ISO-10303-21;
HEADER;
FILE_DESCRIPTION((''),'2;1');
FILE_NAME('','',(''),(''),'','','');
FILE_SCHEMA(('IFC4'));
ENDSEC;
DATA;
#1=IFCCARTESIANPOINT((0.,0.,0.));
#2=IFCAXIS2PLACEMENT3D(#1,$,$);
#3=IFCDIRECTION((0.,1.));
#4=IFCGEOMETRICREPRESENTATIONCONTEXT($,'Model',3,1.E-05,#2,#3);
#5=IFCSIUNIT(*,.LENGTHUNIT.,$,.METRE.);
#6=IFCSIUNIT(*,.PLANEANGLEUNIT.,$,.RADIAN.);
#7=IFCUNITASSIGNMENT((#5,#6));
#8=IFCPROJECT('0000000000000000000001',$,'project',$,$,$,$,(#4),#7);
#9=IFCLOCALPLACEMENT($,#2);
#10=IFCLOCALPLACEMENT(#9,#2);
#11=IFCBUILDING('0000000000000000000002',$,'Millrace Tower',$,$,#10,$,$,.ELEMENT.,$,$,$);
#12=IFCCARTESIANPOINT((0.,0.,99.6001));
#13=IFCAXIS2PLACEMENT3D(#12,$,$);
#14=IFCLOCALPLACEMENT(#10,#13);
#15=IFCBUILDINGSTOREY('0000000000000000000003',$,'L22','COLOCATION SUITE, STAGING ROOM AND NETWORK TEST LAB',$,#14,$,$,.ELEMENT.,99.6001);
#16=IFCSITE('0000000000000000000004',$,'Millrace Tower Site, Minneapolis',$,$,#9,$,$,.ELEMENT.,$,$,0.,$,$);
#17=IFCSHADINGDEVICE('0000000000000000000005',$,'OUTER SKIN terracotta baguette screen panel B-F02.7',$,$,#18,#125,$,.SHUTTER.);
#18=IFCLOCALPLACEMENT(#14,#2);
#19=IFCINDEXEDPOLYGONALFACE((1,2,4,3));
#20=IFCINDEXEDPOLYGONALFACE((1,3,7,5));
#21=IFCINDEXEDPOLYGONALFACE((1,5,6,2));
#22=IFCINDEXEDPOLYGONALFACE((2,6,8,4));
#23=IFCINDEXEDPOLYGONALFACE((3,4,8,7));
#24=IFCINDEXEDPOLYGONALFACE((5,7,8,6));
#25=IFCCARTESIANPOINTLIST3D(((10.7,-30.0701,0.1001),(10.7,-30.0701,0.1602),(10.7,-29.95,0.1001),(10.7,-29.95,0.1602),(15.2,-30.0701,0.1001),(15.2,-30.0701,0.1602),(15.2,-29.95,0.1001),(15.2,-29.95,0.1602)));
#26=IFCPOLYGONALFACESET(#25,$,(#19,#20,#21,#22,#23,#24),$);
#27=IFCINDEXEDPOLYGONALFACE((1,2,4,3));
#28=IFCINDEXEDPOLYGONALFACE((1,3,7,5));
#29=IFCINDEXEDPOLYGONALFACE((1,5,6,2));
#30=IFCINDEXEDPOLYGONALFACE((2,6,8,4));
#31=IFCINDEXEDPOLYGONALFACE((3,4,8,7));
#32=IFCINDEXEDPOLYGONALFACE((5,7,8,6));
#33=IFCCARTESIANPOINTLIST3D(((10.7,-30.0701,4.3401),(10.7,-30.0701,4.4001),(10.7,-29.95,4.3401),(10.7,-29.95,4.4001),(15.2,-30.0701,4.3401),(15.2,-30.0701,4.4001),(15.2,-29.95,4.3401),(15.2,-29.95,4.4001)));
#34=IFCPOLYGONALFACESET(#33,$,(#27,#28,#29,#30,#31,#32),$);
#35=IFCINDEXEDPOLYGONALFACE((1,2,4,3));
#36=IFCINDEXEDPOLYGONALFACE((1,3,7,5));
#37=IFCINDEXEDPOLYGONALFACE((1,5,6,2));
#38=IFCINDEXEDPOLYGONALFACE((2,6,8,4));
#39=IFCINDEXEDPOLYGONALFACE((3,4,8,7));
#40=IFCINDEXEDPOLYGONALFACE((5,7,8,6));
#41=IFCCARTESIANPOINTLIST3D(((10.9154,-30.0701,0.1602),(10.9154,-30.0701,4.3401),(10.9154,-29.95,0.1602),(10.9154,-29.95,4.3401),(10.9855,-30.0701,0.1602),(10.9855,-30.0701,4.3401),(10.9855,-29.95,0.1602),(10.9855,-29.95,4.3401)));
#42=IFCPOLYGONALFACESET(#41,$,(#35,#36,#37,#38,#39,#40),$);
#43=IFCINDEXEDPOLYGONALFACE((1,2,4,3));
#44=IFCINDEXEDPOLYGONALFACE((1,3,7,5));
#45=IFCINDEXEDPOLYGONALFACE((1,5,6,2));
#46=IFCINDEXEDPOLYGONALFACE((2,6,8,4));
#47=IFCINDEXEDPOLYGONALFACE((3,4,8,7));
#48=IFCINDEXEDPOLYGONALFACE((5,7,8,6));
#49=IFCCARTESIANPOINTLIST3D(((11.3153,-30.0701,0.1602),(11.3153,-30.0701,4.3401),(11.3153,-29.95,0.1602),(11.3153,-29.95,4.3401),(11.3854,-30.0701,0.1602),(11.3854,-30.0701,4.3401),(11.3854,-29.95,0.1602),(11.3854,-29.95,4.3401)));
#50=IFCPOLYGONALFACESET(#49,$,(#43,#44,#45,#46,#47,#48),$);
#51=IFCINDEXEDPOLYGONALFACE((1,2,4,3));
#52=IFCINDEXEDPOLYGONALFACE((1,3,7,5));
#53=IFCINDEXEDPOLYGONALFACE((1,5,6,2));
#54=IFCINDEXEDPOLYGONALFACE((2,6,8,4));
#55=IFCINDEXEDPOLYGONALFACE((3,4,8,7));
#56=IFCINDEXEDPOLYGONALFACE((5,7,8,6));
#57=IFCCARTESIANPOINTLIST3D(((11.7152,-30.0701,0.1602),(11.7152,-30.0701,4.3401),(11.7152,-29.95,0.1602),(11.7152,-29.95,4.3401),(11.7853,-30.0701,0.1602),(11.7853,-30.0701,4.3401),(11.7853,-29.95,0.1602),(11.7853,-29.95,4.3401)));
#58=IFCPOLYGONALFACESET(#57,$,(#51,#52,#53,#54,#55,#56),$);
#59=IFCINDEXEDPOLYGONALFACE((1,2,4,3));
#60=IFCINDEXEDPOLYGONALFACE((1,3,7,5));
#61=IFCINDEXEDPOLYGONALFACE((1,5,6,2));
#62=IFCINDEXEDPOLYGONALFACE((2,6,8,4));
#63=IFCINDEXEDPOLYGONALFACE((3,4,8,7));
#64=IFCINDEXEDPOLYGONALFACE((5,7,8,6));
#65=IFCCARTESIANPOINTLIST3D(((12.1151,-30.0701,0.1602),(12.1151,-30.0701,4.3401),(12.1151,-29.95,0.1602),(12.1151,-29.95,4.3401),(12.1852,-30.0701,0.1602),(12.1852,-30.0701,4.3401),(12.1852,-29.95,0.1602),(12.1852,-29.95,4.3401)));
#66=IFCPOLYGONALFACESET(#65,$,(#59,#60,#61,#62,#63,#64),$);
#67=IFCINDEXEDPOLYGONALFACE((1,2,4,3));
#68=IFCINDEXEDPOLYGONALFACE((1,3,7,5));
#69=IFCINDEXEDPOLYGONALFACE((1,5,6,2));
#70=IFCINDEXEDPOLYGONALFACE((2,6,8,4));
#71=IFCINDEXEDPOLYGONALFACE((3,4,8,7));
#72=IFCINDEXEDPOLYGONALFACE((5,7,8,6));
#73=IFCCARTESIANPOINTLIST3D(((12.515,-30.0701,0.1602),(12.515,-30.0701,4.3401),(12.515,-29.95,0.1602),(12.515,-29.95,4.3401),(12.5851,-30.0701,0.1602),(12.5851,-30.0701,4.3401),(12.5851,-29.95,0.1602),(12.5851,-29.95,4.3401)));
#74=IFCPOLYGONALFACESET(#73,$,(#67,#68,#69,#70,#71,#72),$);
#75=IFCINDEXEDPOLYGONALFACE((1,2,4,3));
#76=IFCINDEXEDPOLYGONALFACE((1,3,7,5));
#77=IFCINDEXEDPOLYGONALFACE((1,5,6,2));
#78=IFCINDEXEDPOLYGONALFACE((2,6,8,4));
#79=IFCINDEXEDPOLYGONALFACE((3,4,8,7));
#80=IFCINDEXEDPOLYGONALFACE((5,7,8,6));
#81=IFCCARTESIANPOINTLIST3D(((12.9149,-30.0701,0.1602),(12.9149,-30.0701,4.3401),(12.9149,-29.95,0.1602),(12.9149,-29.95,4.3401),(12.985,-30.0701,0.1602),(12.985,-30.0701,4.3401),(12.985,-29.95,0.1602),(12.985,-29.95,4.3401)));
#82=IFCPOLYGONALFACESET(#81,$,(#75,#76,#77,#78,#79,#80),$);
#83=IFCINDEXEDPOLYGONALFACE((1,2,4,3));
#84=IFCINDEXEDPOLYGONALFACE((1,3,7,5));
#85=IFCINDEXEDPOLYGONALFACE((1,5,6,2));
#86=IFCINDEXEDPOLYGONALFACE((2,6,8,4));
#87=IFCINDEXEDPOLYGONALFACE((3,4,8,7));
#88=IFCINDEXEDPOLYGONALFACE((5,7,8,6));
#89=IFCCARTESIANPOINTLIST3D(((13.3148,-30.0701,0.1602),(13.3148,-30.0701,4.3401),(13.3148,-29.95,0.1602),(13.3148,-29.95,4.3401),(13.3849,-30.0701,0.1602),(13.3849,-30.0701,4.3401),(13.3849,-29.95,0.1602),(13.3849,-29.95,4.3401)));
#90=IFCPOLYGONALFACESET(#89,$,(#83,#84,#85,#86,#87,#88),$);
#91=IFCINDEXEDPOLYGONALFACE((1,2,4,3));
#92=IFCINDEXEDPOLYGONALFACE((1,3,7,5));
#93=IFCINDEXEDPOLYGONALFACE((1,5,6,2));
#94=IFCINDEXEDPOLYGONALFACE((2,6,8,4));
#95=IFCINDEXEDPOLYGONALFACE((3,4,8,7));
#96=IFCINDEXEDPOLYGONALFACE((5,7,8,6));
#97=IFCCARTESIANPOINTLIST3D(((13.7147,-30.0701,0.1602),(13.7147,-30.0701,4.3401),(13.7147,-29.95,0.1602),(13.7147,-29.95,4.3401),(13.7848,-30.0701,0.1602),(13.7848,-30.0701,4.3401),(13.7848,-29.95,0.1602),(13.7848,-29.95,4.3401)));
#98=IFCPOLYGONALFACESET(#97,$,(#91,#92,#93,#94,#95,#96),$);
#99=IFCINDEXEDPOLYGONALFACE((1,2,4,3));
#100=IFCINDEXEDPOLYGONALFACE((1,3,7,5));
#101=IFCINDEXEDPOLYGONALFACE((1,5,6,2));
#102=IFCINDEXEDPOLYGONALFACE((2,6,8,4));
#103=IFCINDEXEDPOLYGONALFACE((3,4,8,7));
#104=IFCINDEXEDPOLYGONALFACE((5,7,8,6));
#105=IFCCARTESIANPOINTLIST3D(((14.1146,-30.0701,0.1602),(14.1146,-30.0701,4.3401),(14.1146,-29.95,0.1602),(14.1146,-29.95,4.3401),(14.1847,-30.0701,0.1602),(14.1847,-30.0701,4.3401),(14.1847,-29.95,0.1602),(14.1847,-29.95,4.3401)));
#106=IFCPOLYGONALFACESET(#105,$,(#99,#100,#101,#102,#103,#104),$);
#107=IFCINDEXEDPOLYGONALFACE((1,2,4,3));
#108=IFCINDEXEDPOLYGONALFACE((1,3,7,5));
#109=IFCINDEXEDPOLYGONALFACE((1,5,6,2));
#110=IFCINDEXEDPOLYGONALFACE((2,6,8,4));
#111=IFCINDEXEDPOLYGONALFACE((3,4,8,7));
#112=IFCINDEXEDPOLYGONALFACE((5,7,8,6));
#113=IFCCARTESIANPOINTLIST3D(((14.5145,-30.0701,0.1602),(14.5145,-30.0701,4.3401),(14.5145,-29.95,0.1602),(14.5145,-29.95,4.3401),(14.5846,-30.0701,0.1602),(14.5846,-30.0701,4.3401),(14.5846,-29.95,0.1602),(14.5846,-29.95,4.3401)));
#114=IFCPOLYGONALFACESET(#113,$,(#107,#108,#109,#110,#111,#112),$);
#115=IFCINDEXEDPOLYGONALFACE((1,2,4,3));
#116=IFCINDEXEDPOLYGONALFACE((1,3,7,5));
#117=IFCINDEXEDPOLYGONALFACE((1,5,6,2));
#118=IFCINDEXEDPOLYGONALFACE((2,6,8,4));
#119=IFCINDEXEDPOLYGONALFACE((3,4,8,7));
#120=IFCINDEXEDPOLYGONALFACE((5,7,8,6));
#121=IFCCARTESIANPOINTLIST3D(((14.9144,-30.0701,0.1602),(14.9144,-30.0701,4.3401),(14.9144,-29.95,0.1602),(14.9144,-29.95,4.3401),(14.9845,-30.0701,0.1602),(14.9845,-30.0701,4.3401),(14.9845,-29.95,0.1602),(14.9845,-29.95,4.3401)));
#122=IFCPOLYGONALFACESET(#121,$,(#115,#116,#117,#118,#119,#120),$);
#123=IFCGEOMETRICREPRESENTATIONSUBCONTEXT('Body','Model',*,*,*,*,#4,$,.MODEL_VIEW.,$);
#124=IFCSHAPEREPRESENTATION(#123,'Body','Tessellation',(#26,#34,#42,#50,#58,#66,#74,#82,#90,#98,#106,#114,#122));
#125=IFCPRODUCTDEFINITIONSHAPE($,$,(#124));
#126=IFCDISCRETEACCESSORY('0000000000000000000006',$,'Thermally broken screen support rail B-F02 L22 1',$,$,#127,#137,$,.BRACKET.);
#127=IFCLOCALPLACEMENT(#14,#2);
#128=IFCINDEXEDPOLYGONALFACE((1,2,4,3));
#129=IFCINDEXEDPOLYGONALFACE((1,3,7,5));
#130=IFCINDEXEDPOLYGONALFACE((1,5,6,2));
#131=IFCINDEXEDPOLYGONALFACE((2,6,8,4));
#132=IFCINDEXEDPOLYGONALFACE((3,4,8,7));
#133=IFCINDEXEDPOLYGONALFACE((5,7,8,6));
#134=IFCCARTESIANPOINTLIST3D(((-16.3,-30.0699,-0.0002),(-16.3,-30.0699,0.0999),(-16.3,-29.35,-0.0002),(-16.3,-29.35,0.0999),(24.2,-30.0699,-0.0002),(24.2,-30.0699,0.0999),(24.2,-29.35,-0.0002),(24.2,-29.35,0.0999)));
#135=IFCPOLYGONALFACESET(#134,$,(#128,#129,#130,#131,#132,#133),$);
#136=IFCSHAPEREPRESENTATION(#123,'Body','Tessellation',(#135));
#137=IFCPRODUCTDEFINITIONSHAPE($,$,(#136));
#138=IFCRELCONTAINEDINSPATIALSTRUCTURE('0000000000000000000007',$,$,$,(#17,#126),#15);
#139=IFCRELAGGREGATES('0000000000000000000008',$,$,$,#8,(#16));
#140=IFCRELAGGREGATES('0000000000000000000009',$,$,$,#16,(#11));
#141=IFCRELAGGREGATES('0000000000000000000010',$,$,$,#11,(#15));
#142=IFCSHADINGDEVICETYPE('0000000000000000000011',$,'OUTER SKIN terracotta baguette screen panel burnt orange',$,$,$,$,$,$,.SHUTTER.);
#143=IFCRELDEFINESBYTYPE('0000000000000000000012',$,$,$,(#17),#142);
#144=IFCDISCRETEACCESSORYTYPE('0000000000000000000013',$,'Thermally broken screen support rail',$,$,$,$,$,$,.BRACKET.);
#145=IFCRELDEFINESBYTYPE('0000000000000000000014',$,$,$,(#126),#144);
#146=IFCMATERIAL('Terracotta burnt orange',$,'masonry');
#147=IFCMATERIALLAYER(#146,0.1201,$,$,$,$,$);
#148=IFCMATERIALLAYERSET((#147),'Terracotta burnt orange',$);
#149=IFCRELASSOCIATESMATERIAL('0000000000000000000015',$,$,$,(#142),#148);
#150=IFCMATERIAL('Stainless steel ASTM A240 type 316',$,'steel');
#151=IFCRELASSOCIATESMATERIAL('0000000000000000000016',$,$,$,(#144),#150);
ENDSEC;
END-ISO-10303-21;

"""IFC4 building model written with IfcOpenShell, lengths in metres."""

from ifc_helpers import new_model, entity, si_unit, direction, frame, frame_2d, origin, origin_2d, place, context, subcontext, project, spatial, rectangle, extrude, source, transform, mapped, material, layer, layer_set, type_object, element, save


model = new_model("IFC4")

# Units and contexts
model_context = context("Model", 3, precision=1e-05, world=origin(), true_north=direction((0.0, 1.0)))
body_context = subcontext(model_context, "Body", "Model", "MODEL_VIEW")
ifc_project = project(units=[si_unit("LENGTHUNIT", "METRE"), si_unit("PLANEANGLEUNIT", "RADIAN")], contexts=[model_context])

# Site, building, storey
site_placement = place(None, origin())
site = spatial("IfcSite", under=ifc_project, at=site_placement, Name="Millrace Tower Site, Minneapolis", CompositionType="ELEMENT", RefElevation=0.0)
building_placement = place(site_placement, origin())
building = spatial("IfcBuilding", under=site, at=building_placement, Name="Millrace Tower", CompositionType="ELEMENT")
storey_placement = place(building_placement, frame((0.0, 0.0, 99.6001)))
storey = spatial("IfcBuildingStorey", under=building, at=storey_placement, Name="L22", Description="COLOCATION SUITE, STAGING ROOM AND NETWORK TEST LAB", CompositionType="ELEMENT", Elevation=99.6001)

# Shading device
ifc_material_1 = material(Name="Terracotta burnt orange", Category="masonry")
ifc_layer_1 = layer(ifc_material_1, 0.1201)
ifc_layer_set_1 = layer_set([ifc_layer_1], Name="Terracotta burnt orange")
shading_device_type = type_object("IfcShadingDeviceType", Name="OUTER SKIN terracotta baguette screen panel burnt orange", PredefinedType="SHUTTER", material=ifc_layer_set_1)
cartesian_point = entity("IfcCartesianPoint", [-2.25, 0.0601])
shared_polyline = entity("IfcPolyline", [cartesian_point, entity("IfcCartesianPoint", [2.25, 0.0601]), entity("IfcCartesianPoint", [2.25, -0.0601]), entity("IfcCartesianPoint", [-2.25, -0.0601]), cartesian_point])
shared_shape = source(origin(), body_context, "Body", "SweptSolid", [
    entity("IfcExtrudedAreaSolid", entity("IfcArbitraryClosedProfileDef", "AREA", None, shared_polyline), entity("IfcAxis2Placement3D", entity("IfcCartesianPoint", [0.0, 0.0, 0.0])), entity("IfcDirection", [0.0, 0.0, 1.0]), 0.0601),
    entity("IfcExtrudedAreaSolid", entity("IfcArbitraryClosedProfileDef", "AREA", None, shared_polyline), entity("IfcAxis2Placement3D", entity("IfcCartesianPoint", [0.0, 0.0, 4.24])), entity("IfcDirection", [0.0, 0.0, 1.0]), 0.0601),
    extrude(rectangle(XDim=0.0701, YDim=0.1201, at=frame_2d((-1.9995, 0.0))), frame((0.0, 0.0, 0.0601)), (0.0, 0.0, 1.0), 4.1799),
    extrude(rectangle(XDim=0.0701, YDim=0.1201, at=frame_2d((-1.5996, 0.0))), frame((0.0, 0.0, 0.0601)), (0.0, 0.0, 1.0), 4.1799),
    extrude(rectangle(XDim=0.0701, YDim=0.1201, at=frame_2d((-1.1997, 0.0))), frame((0.0, 0.0, 0.0601)), (0.0, 0.0, 1.0), 4.1799),
    extrude(rectangle(XDim=0.0701, YDim=0.1201, at=frame_2d((-0.7998, 0.0))), frame((0.0, 0.0, 0.0601)), (0.0, 0.0, 1.0), 4.1799),
    extrude(rectangle(XDim=0.0701, YDim=0.1201, at=frame_2d((-0.3999, 0.0))), frame((0.0, 0.0, 0.0601)), (0.0, 0.0, 1.0), 4.1799),
    extrude(rectangle(XDim=0.0701, YDim=0.1201, at=origin_2d()), frame((0.0, 0.0, 0.0601)), (0.0, 0.0, 1.0), 4.1799),
    extrude(rectangle(XDim=0.0701, YDim=0.1201, at=frame_2d((0.3999, 0.0))), frame((0.0, 0.0, 0.0601)), (0.0, 0.0, 1.0), 4.1799),
    extrude(rectangle(XDim=0.0701, YDim=0.1201, at=frame_2d((0.7998, 0.0))), frame((0.0, 0.0, 0.0601)), (0.0, 0.0, 1.0), 4.1799),
    extrude(rectangle(XDim=0.0701, YDim=0.1201, at=frame_2d((1.1997, 0.0))), frame((0.0, 0.0, 0.0601)), (0.0, 0.0, 1.0), 4.1799),
    extrude(rectangle(XDim=0.0701, YDim=0.1201, at=frame_2d((1.5996, 0.0))), frame((0.0, 0.0, 0.0601)), (0.0, 0.0, 1.0), 4.1799),
    extrude(rectangle(XDim=0.0701, YDim=0.1201, at=frame_2d((1.9995, 0.0))), frame((0.0, 0.0, 0.0601)), (0.0, 0.0, 1.0), 4.1799),
])
for number, where, z_axis, x_axis, name in (
    (1, (12.95, -30.01, 0.1001), (0.0, 0.0, 1.0), (1.0, 0.0, 0.0), "OUTER SKIN terracotta baguette screen panel B-F02.7"),
):
    element("IfcShadingDevice", number, at=place(storey_placement, frame(where, z_axis=z_axis, x_axis=x_axis)), inside=storey, type_object=shading_device_type, Name=name, PredefinedType="SHUTTER", context=body_context, shape_type="MappedRepresentation", body=[
        mapped(shared_shape, transform((0.0, 0.0, 0.0), scale=1.0)),
    ])

# Discrete accessory
ifc_material_2 = material(Name="Stainless steel ASTM A240 type 316", Category="steel")
discrete_accessory_type = type_object("IfcDiscreteAccessoryType", Name="Thermally broken screen support rail", PredefinedType="BRACKET", material=ifc_material_2)
discrete_accessory_placement = place(storey_placement, frame((3.95, -29.71, -0.0002), z_axis=(0.0, 0.0, 1.0), x_axis=(1.0, 0.0, 0.0)))
element("IfcDiscreteAccessory", 2, at=discrete_accessory_placement, inside=storey, type_object=discrete_accessory_type, Name="Thermally broken screen support rail B-F02 L22 1", PredefinedType="BRACKET", context=body_context, shape_type="SweptSolid", body=[
    extrude(rectangle(XDim=40.5, YDim=0.72, at=origin_2d()), origin(), (0.0, 0.0, 1.0), 0.1001),
])

save(model, "model.ifc")
